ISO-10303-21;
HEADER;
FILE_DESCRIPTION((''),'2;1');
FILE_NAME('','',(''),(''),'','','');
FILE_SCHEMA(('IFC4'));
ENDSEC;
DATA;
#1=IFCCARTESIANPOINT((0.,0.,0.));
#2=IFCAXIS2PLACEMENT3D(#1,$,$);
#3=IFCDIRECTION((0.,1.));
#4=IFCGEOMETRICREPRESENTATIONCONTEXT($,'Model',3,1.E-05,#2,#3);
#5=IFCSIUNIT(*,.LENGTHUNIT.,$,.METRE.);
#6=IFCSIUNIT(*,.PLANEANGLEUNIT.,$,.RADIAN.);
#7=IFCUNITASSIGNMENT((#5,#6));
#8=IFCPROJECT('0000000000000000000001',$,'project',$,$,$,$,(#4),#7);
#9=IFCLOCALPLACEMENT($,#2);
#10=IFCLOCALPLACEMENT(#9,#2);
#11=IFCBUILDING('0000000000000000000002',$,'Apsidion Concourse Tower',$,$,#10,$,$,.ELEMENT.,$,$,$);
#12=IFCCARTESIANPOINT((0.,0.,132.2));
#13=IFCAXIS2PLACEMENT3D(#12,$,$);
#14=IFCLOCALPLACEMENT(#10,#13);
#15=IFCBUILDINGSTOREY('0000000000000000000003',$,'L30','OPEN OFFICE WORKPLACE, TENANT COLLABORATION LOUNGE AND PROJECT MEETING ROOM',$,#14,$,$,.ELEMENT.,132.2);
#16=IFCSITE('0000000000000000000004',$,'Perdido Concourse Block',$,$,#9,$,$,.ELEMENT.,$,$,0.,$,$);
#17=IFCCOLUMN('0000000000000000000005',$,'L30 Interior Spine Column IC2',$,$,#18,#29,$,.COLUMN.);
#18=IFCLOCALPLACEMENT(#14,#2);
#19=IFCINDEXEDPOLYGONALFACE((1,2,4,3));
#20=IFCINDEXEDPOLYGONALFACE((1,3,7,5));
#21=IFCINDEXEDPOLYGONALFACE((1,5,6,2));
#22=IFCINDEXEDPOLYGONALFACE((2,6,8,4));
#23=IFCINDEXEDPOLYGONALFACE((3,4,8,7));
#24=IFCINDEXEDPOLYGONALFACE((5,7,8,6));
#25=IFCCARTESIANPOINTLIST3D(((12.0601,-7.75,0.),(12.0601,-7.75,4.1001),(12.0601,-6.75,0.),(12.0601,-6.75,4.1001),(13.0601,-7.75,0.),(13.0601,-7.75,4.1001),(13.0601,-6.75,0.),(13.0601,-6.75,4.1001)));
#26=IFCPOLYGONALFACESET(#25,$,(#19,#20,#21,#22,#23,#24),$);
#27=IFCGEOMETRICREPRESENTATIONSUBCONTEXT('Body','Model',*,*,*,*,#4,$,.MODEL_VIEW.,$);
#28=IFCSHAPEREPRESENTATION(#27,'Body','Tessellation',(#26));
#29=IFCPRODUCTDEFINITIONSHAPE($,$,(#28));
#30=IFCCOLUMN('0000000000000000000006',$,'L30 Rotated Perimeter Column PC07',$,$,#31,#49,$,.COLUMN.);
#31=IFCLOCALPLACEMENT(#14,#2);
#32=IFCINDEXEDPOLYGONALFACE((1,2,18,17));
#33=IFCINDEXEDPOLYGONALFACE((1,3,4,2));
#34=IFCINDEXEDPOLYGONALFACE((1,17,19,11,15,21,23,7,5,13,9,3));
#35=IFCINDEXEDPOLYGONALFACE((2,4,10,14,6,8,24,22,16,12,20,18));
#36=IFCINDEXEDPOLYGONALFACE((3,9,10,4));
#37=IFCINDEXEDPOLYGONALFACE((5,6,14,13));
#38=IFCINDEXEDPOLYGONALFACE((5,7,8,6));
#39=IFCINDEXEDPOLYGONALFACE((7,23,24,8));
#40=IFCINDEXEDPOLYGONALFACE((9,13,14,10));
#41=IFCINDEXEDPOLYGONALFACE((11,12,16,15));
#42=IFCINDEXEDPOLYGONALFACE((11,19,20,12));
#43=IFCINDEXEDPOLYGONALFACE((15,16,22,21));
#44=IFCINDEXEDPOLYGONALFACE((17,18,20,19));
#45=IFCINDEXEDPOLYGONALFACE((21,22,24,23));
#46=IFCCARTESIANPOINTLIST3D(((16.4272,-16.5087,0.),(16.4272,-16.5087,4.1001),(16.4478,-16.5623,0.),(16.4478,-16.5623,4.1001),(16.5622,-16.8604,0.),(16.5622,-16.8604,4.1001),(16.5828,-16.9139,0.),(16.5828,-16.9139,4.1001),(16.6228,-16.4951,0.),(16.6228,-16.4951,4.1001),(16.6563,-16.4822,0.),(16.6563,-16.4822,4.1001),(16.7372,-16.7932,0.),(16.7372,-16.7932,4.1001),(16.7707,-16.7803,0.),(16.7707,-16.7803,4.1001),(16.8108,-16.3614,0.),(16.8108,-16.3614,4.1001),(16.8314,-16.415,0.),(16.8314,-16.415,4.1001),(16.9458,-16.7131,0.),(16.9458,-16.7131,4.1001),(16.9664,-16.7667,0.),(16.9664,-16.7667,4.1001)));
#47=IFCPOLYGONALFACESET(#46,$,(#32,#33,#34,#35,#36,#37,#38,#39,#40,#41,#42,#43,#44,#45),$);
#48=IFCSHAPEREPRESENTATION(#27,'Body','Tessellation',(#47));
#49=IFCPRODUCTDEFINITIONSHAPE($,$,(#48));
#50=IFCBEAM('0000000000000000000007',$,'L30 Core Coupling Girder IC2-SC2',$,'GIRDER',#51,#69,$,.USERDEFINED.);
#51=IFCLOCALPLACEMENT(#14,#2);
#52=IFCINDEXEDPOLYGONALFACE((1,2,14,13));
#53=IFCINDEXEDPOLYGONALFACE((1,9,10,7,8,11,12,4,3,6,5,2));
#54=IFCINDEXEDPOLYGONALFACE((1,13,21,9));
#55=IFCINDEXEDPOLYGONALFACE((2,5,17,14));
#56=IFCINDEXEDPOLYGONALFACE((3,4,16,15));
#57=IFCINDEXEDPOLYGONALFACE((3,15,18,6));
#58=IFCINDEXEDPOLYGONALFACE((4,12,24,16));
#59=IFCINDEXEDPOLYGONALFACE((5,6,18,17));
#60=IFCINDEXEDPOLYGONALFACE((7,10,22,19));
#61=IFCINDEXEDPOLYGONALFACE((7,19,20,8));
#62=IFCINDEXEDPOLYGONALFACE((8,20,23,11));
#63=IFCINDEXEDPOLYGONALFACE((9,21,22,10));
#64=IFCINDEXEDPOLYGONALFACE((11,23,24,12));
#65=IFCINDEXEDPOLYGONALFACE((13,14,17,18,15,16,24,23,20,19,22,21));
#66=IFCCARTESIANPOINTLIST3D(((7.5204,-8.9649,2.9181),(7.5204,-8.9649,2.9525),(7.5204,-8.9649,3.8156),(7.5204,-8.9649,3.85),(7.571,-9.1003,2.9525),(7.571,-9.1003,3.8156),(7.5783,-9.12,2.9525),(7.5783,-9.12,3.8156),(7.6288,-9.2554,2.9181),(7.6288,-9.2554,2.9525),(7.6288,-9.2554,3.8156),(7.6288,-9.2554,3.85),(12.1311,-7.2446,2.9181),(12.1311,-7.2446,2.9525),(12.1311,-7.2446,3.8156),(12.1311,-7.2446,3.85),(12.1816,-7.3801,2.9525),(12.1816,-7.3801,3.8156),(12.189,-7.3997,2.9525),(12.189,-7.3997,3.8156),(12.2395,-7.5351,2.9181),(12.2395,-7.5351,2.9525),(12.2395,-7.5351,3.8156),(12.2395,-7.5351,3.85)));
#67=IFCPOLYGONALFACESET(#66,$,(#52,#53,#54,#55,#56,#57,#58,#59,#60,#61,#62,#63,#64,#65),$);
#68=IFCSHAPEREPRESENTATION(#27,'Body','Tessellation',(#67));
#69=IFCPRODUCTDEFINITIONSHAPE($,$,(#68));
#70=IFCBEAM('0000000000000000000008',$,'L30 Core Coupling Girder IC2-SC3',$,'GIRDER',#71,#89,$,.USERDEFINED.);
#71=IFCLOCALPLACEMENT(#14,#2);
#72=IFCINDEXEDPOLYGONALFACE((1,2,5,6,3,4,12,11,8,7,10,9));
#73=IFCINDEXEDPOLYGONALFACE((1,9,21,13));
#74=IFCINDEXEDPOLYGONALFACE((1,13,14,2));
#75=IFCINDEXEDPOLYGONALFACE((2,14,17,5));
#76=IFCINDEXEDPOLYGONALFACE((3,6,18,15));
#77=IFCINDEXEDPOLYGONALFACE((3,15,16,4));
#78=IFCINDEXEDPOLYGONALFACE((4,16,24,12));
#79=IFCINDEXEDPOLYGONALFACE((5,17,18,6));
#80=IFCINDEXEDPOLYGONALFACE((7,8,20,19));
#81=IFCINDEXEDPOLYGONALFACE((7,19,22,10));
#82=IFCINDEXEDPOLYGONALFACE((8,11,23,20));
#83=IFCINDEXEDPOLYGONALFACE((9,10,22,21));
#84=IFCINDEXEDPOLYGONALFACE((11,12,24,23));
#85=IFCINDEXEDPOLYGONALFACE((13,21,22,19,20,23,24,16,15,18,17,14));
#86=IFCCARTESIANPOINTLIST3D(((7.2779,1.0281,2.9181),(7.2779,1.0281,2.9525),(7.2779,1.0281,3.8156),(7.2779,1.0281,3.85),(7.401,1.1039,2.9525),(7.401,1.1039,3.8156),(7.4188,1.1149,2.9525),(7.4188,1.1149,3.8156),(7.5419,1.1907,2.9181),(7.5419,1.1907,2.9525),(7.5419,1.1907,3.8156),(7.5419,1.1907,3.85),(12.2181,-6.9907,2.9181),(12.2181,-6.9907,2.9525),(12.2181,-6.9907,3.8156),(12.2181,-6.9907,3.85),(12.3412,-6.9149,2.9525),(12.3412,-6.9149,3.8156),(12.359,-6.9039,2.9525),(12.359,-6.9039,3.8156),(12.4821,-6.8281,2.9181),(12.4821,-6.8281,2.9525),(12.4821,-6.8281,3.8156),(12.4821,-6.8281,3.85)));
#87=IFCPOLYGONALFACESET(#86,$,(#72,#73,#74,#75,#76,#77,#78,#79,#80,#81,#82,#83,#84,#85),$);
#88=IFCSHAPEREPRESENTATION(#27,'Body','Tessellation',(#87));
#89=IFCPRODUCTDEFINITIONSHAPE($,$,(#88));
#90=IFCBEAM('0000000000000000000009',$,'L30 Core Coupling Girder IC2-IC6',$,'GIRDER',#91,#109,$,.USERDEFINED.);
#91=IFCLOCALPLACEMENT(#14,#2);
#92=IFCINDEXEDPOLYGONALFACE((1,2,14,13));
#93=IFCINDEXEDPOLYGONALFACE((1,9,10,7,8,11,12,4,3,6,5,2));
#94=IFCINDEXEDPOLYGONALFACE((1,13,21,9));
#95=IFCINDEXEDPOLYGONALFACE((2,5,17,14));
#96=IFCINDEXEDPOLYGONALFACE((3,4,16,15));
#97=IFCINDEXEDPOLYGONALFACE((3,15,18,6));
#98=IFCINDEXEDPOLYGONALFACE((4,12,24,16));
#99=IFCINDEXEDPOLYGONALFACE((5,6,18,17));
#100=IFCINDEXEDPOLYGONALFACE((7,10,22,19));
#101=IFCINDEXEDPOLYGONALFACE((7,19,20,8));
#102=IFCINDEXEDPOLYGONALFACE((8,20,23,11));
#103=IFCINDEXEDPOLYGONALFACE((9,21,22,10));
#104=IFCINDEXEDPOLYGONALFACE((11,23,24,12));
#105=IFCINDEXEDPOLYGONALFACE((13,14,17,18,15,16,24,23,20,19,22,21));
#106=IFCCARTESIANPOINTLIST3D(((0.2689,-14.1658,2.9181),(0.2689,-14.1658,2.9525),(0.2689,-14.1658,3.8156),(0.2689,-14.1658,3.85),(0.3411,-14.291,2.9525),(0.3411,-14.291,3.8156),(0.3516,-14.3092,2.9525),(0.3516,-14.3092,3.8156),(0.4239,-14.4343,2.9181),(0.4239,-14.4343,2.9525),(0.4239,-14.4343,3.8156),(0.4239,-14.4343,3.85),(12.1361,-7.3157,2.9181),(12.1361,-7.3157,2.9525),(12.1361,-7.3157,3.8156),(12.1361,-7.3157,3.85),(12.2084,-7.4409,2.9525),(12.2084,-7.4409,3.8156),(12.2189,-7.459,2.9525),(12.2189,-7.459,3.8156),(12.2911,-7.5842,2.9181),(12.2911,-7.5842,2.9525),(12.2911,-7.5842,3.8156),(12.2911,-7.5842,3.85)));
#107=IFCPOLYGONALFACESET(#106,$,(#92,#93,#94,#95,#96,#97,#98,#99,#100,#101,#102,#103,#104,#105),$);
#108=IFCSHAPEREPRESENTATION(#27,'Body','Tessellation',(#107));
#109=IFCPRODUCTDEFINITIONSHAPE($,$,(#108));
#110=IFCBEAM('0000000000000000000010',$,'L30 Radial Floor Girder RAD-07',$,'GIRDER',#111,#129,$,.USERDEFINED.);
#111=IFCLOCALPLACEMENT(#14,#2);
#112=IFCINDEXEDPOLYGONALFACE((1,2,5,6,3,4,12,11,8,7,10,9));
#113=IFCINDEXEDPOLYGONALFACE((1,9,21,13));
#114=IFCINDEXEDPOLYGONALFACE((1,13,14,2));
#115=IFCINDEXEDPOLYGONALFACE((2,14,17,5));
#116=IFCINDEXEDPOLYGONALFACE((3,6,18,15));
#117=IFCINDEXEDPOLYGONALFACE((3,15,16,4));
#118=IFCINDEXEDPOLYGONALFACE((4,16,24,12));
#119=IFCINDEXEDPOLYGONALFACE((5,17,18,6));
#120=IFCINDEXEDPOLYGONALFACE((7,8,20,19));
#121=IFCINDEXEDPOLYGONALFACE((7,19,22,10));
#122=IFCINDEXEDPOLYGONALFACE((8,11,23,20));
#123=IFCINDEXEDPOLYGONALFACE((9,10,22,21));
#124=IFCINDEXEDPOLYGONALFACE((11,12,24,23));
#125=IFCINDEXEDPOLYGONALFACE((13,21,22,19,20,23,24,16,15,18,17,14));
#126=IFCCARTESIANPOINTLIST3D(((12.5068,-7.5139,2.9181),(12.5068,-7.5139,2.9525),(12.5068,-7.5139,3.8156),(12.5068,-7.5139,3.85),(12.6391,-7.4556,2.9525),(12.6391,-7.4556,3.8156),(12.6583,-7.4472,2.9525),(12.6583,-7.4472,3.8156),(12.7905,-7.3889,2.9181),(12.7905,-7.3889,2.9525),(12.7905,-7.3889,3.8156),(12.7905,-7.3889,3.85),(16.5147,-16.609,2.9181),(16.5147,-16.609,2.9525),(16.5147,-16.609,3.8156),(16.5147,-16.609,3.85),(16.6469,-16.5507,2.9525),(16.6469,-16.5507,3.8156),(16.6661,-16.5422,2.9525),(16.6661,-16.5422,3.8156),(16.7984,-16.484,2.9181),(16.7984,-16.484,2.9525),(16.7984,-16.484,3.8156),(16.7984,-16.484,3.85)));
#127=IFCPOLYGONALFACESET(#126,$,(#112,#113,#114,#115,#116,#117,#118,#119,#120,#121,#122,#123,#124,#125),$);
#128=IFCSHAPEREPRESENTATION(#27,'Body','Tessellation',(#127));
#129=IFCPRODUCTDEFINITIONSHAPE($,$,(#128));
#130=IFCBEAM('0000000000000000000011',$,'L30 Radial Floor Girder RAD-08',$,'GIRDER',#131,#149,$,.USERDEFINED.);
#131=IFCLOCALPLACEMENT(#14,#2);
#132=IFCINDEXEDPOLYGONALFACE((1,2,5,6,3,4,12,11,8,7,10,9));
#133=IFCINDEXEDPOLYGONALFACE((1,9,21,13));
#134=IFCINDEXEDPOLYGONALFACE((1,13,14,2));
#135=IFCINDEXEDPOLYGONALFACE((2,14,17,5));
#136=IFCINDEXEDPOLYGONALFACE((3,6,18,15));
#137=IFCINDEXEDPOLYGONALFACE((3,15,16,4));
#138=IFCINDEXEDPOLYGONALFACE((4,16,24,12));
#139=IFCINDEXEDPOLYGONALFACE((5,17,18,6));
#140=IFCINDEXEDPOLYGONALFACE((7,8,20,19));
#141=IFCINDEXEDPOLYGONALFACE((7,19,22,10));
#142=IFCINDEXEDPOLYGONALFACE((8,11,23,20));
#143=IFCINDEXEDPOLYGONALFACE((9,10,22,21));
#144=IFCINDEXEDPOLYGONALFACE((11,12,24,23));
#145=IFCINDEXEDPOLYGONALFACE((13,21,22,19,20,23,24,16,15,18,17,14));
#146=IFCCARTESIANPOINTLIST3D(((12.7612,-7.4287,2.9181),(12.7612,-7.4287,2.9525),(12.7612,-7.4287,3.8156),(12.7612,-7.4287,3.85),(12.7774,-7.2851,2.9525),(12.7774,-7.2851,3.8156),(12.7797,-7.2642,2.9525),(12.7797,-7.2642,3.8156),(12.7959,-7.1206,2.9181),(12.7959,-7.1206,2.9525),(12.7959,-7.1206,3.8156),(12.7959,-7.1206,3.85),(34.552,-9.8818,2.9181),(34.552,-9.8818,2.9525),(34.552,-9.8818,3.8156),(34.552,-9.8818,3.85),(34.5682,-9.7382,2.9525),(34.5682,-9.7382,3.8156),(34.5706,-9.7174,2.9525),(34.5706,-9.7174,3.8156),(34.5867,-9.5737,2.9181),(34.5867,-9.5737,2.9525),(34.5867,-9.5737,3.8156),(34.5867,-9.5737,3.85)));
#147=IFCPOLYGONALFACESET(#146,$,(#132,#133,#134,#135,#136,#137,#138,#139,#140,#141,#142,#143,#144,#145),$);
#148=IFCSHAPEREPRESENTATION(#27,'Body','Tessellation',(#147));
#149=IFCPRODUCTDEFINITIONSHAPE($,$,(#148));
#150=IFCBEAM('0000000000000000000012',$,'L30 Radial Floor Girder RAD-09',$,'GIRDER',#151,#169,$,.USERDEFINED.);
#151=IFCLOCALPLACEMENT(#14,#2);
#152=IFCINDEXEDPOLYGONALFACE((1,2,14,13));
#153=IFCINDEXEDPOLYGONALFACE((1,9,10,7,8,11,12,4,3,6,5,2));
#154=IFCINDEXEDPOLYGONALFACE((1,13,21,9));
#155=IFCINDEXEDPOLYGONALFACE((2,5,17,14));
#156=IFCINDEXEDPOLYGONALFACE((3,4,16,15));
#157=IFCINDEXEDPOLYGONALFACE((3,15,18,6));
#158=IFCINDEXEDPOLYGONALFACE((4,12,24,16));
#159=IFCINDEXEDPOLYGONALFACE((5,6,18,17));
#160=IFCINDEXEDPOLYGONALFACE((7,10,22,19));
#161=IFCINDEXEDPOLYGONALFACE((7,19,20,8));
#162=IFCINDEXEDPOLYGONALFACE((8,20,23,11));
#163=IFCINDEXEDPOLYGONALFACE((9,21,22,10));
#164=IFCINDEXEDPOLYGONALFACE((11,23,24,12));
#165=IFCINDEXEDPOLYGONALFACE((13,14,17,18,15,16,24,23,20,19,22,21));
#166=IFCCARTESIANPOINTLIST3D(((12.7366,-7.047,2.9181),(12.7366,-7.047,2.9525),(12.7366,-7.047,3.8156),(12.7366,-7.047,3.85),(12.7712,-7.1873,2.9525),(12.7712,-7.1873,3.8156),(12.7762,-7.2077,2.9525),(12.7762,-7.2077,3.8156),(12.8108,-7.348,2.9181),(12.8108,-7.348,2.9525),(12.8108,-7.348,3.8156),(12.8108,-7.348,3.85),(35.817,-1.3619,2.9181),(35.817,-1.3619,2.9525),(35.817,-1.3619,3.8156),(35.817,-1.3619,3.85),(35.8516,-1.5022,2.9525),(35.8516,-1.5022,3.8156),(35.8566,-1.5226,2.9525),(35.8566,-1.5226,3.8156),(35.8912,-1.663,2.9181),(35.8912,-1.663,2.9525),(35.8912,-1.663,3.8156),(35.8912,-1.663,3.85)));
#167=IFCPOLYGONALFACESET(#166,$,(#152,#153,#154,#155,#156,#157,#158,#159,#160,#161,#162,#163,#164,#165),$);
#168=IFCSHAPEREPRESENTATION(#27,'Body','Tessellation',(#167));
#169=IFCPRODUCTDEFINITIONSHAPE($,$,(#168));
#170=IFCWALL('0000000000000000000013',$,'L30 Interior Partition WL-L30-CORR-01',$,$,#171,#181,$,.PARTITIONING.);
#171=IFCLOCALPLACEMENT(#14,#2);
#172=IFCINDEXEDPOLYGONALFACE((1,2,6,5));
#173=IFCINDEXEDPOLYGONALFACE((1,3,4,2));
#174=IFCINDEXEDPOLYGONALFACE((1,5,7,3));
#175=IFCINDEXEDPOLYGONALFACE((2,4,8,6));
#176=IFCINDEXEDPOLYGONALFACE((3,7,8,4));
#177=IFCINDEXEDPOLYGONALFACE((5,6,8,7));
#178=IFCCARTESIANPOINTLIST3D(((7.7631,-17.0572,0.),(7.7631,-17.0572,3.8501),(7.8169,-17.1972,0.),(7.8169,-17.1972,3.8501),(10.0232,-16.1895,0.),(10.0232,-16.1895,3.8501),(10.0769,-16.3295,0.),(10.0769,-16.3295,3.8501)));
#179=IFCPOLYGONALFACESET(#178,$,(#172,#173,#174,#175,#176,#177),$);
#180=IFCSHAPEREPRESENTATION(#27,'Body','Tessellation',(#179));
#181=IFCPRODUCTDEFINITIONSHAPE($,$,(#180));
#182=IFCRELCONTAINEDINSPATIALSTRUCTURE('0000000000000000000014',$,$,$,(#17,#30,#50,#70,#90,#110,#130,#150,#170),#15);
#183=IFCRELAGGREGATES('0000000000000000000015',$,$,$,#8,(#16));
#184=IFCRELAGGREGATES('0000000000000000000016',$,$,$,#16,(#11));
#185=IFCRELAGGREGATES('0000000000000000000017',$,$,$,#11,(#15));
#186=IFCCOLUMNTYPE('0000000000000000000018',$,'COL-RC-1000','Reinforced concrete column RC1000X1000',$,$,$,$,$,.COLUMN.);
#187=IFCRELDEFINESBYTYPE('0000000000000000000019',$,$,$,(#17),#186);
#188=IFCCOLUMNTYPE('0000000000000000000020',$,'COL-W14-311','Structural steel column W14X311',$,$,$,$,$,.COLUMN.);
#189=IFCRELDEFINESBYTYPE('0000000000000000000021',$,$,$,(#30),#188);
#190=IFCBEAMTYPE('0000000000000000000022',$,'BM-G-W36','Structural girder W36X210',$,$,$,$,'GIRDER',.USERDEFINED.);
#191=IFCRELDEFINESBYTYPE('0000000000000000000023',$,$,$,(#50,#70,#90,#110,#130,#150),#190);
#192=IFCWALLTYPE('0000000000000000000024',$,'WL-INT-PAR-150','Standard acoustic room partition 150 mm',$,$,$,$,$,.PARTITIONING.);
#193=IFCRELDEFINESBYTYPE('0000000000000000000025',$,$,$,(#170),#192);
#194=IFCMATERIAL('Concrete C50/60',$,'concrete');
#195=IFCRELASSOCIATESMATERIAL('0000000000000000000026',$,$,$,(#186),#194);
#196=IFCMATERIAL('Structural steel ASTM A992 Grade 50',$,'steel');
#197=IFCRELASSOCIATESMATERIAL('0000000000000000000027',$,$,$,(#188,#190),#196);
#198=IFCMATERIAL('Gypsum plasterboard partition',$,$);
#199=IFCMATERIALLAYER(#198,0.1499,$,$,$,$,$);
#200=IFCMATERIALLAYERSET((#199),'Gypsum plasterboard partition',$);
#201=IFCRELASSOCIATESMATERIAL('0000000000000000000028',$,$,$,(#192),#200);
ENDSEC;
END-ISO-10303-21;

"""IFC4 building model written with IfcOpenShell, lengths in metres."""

from ifc_helpers import new_model, si_unit, direction, frame, frame_2d, origin, origin_2d, place, context, subcontext, project, spatial, rectangle, i_section, extrude, material, layer, layer_set, material_profile, profile_set, type_object, element, save


model = new_model("IFC4")

# Units and contexts
model_context = context("Model", 3, precision=1e-05, world=origin(), true_north=direction((0.0, 1.0)))
body_context = subcontext(model_context, "Body", "Model", "MODEL_VIEW")
ifc_project = project(units=[si_unit("LENGTHUNIT", "METRE"), si_unit("PLANEANGLEUNIT", "RADIAN")], contexts=[model_context])

# Site, building, storey
site_placement = place(None, origin())
site = spatial("IfcSite", under=ifc_project, at=site_placement, Name="Perdido Concourse Block", CompositionType="ELEMENT", RefElevation=0.0)
building_placement = place(site_placement, origin())
building = spatial("IfcBuilding", under=site, at=building_placement, Name="Apsidion Concourse Tower", CompositionType="ELEMENT")
storey_placement = place(building_placement, frame((0.0, 0.0, 132.2)))
storey = spatial("IfcBuildingStorey", under=building, at=storey_placement, Name="L30", Description="OPEN OFFICE WORKPLACE, TENANT COLLABORATION LOUNGE AND PROJECT MEETING ROOM", CompositionType="ELEMENT", Elevation=132.2)

# Columns
ifc_material_1 = material(Name="Concrete C50/60", Category="concrete")
ifc_material_profile_1 = material_profile(ifc_material_1, rectangle(XDim=1.0, YDim=1.0, at=origin_2d()), Name="RC 1000x1000")
ifc_profile_set_1 = profile_set([ifc_material_profile_1], Name="Concrete C50/60")
column_type_1 = type_object("IfcColumnType", Name="COL-RC-1000", Description="Reinforced concrete column RC1000X1000", PredefinedType="COLUMN", material=ifc_profile_set_1)
column_1_placement = place(storey_placement, frame((12.5601, -7.25, 0.0), z_axis=(0.0, 0.0, 1.0), x_axis=(1.0, 0.0, 0.0)))
element("IfcColumn", 1, at=column_1_placement, inside=storey, type_object=column_type_1, Name="L30 Interior Spine Column IC2", PredefinedType="COLUMN", context=body_context, shape_type="SweptSolid", body=[
    extrude(rectangle(XDim=1.0, YDim=1.0, at=origin_2d()), origin(), (0.0, 0.0, 1.0), 4.1001),
])
ifc_material_2 = material(Name="Structural steel ASTM A992 Grade 50", Category="steel")
ifc_material_profile_2 = material_profile(ifc_material_2, i_section(OverallWidth=0.4109, OverallDepth=0.4341, WebThickness=0.0359, FlangeThickness=0.0574, at=origin_2d()), Name="W14X311")
ifc_profile_set_2 = profile_set([ifc_material_profile_2], Name="Structural steel ASTM A992 Grade 50")
column_type_2 = type_object("IfcColumnType", Name="COL-W14-311", Description="Structural steel column W14X311", PredefinedType="COLUMN", material=ifc_profile_set_2)
column_2_placement = place(storey_placement, frame((16.6968, -16.6377, 0.0), z_axis=(0.0, 0.0, 1.0), x_axis=(0.93358, 0.358368, 0.0)))
element("IfcColumn", 2, at=column_2_placement, inside=storey, type_object=column_type_2, Name="L30 Rotated Perimeter Column PC07", PredefinedType="COLUMN", context=body_context, shape_type="SweptSolid", body=[
    extrude(i_section(OverallWidth=0.4109, OverallDepth=0.4341, WebThickness=0.0359, FlangeThickness=0.0574, at=origin_2d()), origin(), (0.0, 0.0, 1.0), 4.1001),
])

# Beams
ifc_material_profile_3 = material_profile(ifc_material_2, i_section(OverallWidth=0.3101, OverallDepth=0.9319, WebThickness=0.021, FlangeThickness=0.0344, at=origin_2d()), Name="W36X210")
ifc_profile_set_3 = profile_set([ifc_material_profile_3], Name="Structural steel ASTM A992 Grade 50")
beam_type = type_object("IfcBeamType", Name="BM-G-W36", Description="Structural girder W36X210", ElementType="GIRDER", PredefinedType="USERDEFINED", material=ifc_profile_set_3)
beam_1_placement = place(storey_placement, frame((12.1853, -7.3899, 3.384), z_axis=(-0.936913, -0.349563, 0.0), x_axis=(0.349563, -0.936913, 0.0)))
element("IfcBeam", 3, at=beam_1_placement, inside=storey, type_object=beam_type, Name="L30 Core Coupling Girder IC2-SC2", ObjectType="GIRDER", PredefinedType="USERDEFINED", context=body_context, shape_type="SweptSolid", body=[
    extrude(i_section(OverallWidth=0.3101, OverallDepth=0.9319, WebThickness=0.021, FlangeThickness=0.0344, at=origin_2d()), origin(), (0.0, 0.0, 1.0), 4.9211),
])
beam_2_placement = place(storey_placement, frame((12.3501, -6.9094, 3.384), z_axis=(-0.524524, 0.851396, 0.0), x_axis=(-0.851396, -0.524524, 0.0)))
element("IfcBeam", 4, at=beam_2_placement, inside=storey, type_object=beam_type, Name="L30 Core Coupling Girder IC2-SC3", ObjectType="GIRDER", PredefinedType="USERDEFINED", context=body_context, shape_type="SweptSolid", body=[
    extrude(i_section(OverallWidth=0.3101, OverallDepth=0.9319, WebThickness=0.021, FlangeThickness=0.0344, at=origin_2d()), origin(), (0.0, 0.0, 1.0), 9.4185),
])
beam_3_placement = place(storey_placement, frame((12.2136, -7.45, 3.384), z_axis=(-0.86607, -0.499922, 0.0), x_axis=(0.499922, -0.86607, 0.0)))
element("IfcBeam", 5, at=beam_3_placement, inside=storey, type_object=beam_type, Name="L30 Core Coupling Girder IC2-IC6", ObjectType="GIRDER", PredefinedType="USERDEFINED", context=body_context, shape_type="SweptSolid", body=[
    extrude(i_section(OverallWidth=0.3101, OverallDepth=0.9319, WebThickness=0.021, FlangeThickness=0.0344, at=origin_2d()), origin(), (0.0, 0.0, 1.0), 13.7024),
])
beam_4_placement = place(storey_placement, frame((12.6487, -7.4514, 3.384), z_axis=(0.403246, -0.915091, 0.0), x_axis=(0.915091, 0.403246, 0.0)))
element("IfcBeam", 6, at=beam_4_placement, inside=storey, type_object=beam_type, Name="L30 Radial Floor Girder RAD-07", ObjectType="GIRDER", PredefinedType="USERDEFINED", context=body_context, shape_type="SweptSolid", body=[
    extrude(i_section(OverallWidth=0.3101, OverallDepth=0.9319, WebThickness=0.021, FlangeThickness=0.0344, at=origin_2d()), origin(), (0.0, 0.0, 1.0), 9.939),
])
beam_5_placement = place(storey_placement, frame((12.7786, -7.2747, 3.384), z_axis=(0.993723, -0.11187, 0.0), x_axis=(0.11187, 0.993723, 0.0)))
element("IfcBeam", 7, at=beam_5_placement, inside=storey, type_object=beam_type, Name="L30 Radial Floor Girder RAD-08", ObjectType="GIRDER", PredefinedType="USERDEFINED", context=body_context, shape_type="SweptSolid", body=[
    extrude(i_section(OverallWidth=0.3101, OverallDepth=0.9319, WebThickness=0.021, FlangeThickness=0.0344, at=origin_2d()), origin(), (0.0, 0.0, 1.0), 21.9285),
])
beam_6_placement = place(storey_placement, frame((12.7737, -7.1975, 3.384), z_axis=(0.970978, 0.239168, 0.0), x_axis=(-0.239168, 0.970978, 0.0)))
element("IfcBeam", 8, at=beam_6_placement, inside=storey, type_object=beam_type, Name="L30 Radial Floor Girder RAD-09", ObjectType="GIRDER", PredefinedType="USERDEFINED", context=body_context, shape_type="SweptSolid", body=[
    extrude(i_section(OverallWidth=0.3101, OverallDepth=0.9319, WebThickness=0.021, FlangeThickness=0.0344, at=origin_2d()), origin(), (0.0, 0.0, 1.0), 23.7703),
])

# Wall
ifc_material_3 = material(Name="Gypsum plasterboard partition")
ifc_layer = layer(ifc_material_3, 0.1499)
ifc_layer_set = layer_set([ifc_layer], Name="Gypsum plasterboard partition")
wall_type = type_object("IfcWallType", Name="WL-INT-PAR-150", Description="Standard acoustic room partition 150 mm", PredefinedType="PARTITIONING", material=ifc_layer_set)
wall_1_placement = place(storey_placement, frame((10.05, -16.2595, 0.0), z_axis=(0.0, 0.0, 1.0), x_axis=(-0.933561, -0.358418, 0.0)))
element("IfcWall", 9, at=wall_1_placement, inside=storey, type_object=wall_type, Name="L30 Interior Partition WL-L30-CORR-01", PredefinedType="PARTITIONING", context=body_context, shape_type="SweptSolid", body=[
    extrude(rectangle(XDim=2.4209, YDim=0.1499, at=frame_2d((1.2104, 0.0))), origin(), (0.0, 0.0, 1.0), 3.8501),
])

save(model, "model.ifc")
